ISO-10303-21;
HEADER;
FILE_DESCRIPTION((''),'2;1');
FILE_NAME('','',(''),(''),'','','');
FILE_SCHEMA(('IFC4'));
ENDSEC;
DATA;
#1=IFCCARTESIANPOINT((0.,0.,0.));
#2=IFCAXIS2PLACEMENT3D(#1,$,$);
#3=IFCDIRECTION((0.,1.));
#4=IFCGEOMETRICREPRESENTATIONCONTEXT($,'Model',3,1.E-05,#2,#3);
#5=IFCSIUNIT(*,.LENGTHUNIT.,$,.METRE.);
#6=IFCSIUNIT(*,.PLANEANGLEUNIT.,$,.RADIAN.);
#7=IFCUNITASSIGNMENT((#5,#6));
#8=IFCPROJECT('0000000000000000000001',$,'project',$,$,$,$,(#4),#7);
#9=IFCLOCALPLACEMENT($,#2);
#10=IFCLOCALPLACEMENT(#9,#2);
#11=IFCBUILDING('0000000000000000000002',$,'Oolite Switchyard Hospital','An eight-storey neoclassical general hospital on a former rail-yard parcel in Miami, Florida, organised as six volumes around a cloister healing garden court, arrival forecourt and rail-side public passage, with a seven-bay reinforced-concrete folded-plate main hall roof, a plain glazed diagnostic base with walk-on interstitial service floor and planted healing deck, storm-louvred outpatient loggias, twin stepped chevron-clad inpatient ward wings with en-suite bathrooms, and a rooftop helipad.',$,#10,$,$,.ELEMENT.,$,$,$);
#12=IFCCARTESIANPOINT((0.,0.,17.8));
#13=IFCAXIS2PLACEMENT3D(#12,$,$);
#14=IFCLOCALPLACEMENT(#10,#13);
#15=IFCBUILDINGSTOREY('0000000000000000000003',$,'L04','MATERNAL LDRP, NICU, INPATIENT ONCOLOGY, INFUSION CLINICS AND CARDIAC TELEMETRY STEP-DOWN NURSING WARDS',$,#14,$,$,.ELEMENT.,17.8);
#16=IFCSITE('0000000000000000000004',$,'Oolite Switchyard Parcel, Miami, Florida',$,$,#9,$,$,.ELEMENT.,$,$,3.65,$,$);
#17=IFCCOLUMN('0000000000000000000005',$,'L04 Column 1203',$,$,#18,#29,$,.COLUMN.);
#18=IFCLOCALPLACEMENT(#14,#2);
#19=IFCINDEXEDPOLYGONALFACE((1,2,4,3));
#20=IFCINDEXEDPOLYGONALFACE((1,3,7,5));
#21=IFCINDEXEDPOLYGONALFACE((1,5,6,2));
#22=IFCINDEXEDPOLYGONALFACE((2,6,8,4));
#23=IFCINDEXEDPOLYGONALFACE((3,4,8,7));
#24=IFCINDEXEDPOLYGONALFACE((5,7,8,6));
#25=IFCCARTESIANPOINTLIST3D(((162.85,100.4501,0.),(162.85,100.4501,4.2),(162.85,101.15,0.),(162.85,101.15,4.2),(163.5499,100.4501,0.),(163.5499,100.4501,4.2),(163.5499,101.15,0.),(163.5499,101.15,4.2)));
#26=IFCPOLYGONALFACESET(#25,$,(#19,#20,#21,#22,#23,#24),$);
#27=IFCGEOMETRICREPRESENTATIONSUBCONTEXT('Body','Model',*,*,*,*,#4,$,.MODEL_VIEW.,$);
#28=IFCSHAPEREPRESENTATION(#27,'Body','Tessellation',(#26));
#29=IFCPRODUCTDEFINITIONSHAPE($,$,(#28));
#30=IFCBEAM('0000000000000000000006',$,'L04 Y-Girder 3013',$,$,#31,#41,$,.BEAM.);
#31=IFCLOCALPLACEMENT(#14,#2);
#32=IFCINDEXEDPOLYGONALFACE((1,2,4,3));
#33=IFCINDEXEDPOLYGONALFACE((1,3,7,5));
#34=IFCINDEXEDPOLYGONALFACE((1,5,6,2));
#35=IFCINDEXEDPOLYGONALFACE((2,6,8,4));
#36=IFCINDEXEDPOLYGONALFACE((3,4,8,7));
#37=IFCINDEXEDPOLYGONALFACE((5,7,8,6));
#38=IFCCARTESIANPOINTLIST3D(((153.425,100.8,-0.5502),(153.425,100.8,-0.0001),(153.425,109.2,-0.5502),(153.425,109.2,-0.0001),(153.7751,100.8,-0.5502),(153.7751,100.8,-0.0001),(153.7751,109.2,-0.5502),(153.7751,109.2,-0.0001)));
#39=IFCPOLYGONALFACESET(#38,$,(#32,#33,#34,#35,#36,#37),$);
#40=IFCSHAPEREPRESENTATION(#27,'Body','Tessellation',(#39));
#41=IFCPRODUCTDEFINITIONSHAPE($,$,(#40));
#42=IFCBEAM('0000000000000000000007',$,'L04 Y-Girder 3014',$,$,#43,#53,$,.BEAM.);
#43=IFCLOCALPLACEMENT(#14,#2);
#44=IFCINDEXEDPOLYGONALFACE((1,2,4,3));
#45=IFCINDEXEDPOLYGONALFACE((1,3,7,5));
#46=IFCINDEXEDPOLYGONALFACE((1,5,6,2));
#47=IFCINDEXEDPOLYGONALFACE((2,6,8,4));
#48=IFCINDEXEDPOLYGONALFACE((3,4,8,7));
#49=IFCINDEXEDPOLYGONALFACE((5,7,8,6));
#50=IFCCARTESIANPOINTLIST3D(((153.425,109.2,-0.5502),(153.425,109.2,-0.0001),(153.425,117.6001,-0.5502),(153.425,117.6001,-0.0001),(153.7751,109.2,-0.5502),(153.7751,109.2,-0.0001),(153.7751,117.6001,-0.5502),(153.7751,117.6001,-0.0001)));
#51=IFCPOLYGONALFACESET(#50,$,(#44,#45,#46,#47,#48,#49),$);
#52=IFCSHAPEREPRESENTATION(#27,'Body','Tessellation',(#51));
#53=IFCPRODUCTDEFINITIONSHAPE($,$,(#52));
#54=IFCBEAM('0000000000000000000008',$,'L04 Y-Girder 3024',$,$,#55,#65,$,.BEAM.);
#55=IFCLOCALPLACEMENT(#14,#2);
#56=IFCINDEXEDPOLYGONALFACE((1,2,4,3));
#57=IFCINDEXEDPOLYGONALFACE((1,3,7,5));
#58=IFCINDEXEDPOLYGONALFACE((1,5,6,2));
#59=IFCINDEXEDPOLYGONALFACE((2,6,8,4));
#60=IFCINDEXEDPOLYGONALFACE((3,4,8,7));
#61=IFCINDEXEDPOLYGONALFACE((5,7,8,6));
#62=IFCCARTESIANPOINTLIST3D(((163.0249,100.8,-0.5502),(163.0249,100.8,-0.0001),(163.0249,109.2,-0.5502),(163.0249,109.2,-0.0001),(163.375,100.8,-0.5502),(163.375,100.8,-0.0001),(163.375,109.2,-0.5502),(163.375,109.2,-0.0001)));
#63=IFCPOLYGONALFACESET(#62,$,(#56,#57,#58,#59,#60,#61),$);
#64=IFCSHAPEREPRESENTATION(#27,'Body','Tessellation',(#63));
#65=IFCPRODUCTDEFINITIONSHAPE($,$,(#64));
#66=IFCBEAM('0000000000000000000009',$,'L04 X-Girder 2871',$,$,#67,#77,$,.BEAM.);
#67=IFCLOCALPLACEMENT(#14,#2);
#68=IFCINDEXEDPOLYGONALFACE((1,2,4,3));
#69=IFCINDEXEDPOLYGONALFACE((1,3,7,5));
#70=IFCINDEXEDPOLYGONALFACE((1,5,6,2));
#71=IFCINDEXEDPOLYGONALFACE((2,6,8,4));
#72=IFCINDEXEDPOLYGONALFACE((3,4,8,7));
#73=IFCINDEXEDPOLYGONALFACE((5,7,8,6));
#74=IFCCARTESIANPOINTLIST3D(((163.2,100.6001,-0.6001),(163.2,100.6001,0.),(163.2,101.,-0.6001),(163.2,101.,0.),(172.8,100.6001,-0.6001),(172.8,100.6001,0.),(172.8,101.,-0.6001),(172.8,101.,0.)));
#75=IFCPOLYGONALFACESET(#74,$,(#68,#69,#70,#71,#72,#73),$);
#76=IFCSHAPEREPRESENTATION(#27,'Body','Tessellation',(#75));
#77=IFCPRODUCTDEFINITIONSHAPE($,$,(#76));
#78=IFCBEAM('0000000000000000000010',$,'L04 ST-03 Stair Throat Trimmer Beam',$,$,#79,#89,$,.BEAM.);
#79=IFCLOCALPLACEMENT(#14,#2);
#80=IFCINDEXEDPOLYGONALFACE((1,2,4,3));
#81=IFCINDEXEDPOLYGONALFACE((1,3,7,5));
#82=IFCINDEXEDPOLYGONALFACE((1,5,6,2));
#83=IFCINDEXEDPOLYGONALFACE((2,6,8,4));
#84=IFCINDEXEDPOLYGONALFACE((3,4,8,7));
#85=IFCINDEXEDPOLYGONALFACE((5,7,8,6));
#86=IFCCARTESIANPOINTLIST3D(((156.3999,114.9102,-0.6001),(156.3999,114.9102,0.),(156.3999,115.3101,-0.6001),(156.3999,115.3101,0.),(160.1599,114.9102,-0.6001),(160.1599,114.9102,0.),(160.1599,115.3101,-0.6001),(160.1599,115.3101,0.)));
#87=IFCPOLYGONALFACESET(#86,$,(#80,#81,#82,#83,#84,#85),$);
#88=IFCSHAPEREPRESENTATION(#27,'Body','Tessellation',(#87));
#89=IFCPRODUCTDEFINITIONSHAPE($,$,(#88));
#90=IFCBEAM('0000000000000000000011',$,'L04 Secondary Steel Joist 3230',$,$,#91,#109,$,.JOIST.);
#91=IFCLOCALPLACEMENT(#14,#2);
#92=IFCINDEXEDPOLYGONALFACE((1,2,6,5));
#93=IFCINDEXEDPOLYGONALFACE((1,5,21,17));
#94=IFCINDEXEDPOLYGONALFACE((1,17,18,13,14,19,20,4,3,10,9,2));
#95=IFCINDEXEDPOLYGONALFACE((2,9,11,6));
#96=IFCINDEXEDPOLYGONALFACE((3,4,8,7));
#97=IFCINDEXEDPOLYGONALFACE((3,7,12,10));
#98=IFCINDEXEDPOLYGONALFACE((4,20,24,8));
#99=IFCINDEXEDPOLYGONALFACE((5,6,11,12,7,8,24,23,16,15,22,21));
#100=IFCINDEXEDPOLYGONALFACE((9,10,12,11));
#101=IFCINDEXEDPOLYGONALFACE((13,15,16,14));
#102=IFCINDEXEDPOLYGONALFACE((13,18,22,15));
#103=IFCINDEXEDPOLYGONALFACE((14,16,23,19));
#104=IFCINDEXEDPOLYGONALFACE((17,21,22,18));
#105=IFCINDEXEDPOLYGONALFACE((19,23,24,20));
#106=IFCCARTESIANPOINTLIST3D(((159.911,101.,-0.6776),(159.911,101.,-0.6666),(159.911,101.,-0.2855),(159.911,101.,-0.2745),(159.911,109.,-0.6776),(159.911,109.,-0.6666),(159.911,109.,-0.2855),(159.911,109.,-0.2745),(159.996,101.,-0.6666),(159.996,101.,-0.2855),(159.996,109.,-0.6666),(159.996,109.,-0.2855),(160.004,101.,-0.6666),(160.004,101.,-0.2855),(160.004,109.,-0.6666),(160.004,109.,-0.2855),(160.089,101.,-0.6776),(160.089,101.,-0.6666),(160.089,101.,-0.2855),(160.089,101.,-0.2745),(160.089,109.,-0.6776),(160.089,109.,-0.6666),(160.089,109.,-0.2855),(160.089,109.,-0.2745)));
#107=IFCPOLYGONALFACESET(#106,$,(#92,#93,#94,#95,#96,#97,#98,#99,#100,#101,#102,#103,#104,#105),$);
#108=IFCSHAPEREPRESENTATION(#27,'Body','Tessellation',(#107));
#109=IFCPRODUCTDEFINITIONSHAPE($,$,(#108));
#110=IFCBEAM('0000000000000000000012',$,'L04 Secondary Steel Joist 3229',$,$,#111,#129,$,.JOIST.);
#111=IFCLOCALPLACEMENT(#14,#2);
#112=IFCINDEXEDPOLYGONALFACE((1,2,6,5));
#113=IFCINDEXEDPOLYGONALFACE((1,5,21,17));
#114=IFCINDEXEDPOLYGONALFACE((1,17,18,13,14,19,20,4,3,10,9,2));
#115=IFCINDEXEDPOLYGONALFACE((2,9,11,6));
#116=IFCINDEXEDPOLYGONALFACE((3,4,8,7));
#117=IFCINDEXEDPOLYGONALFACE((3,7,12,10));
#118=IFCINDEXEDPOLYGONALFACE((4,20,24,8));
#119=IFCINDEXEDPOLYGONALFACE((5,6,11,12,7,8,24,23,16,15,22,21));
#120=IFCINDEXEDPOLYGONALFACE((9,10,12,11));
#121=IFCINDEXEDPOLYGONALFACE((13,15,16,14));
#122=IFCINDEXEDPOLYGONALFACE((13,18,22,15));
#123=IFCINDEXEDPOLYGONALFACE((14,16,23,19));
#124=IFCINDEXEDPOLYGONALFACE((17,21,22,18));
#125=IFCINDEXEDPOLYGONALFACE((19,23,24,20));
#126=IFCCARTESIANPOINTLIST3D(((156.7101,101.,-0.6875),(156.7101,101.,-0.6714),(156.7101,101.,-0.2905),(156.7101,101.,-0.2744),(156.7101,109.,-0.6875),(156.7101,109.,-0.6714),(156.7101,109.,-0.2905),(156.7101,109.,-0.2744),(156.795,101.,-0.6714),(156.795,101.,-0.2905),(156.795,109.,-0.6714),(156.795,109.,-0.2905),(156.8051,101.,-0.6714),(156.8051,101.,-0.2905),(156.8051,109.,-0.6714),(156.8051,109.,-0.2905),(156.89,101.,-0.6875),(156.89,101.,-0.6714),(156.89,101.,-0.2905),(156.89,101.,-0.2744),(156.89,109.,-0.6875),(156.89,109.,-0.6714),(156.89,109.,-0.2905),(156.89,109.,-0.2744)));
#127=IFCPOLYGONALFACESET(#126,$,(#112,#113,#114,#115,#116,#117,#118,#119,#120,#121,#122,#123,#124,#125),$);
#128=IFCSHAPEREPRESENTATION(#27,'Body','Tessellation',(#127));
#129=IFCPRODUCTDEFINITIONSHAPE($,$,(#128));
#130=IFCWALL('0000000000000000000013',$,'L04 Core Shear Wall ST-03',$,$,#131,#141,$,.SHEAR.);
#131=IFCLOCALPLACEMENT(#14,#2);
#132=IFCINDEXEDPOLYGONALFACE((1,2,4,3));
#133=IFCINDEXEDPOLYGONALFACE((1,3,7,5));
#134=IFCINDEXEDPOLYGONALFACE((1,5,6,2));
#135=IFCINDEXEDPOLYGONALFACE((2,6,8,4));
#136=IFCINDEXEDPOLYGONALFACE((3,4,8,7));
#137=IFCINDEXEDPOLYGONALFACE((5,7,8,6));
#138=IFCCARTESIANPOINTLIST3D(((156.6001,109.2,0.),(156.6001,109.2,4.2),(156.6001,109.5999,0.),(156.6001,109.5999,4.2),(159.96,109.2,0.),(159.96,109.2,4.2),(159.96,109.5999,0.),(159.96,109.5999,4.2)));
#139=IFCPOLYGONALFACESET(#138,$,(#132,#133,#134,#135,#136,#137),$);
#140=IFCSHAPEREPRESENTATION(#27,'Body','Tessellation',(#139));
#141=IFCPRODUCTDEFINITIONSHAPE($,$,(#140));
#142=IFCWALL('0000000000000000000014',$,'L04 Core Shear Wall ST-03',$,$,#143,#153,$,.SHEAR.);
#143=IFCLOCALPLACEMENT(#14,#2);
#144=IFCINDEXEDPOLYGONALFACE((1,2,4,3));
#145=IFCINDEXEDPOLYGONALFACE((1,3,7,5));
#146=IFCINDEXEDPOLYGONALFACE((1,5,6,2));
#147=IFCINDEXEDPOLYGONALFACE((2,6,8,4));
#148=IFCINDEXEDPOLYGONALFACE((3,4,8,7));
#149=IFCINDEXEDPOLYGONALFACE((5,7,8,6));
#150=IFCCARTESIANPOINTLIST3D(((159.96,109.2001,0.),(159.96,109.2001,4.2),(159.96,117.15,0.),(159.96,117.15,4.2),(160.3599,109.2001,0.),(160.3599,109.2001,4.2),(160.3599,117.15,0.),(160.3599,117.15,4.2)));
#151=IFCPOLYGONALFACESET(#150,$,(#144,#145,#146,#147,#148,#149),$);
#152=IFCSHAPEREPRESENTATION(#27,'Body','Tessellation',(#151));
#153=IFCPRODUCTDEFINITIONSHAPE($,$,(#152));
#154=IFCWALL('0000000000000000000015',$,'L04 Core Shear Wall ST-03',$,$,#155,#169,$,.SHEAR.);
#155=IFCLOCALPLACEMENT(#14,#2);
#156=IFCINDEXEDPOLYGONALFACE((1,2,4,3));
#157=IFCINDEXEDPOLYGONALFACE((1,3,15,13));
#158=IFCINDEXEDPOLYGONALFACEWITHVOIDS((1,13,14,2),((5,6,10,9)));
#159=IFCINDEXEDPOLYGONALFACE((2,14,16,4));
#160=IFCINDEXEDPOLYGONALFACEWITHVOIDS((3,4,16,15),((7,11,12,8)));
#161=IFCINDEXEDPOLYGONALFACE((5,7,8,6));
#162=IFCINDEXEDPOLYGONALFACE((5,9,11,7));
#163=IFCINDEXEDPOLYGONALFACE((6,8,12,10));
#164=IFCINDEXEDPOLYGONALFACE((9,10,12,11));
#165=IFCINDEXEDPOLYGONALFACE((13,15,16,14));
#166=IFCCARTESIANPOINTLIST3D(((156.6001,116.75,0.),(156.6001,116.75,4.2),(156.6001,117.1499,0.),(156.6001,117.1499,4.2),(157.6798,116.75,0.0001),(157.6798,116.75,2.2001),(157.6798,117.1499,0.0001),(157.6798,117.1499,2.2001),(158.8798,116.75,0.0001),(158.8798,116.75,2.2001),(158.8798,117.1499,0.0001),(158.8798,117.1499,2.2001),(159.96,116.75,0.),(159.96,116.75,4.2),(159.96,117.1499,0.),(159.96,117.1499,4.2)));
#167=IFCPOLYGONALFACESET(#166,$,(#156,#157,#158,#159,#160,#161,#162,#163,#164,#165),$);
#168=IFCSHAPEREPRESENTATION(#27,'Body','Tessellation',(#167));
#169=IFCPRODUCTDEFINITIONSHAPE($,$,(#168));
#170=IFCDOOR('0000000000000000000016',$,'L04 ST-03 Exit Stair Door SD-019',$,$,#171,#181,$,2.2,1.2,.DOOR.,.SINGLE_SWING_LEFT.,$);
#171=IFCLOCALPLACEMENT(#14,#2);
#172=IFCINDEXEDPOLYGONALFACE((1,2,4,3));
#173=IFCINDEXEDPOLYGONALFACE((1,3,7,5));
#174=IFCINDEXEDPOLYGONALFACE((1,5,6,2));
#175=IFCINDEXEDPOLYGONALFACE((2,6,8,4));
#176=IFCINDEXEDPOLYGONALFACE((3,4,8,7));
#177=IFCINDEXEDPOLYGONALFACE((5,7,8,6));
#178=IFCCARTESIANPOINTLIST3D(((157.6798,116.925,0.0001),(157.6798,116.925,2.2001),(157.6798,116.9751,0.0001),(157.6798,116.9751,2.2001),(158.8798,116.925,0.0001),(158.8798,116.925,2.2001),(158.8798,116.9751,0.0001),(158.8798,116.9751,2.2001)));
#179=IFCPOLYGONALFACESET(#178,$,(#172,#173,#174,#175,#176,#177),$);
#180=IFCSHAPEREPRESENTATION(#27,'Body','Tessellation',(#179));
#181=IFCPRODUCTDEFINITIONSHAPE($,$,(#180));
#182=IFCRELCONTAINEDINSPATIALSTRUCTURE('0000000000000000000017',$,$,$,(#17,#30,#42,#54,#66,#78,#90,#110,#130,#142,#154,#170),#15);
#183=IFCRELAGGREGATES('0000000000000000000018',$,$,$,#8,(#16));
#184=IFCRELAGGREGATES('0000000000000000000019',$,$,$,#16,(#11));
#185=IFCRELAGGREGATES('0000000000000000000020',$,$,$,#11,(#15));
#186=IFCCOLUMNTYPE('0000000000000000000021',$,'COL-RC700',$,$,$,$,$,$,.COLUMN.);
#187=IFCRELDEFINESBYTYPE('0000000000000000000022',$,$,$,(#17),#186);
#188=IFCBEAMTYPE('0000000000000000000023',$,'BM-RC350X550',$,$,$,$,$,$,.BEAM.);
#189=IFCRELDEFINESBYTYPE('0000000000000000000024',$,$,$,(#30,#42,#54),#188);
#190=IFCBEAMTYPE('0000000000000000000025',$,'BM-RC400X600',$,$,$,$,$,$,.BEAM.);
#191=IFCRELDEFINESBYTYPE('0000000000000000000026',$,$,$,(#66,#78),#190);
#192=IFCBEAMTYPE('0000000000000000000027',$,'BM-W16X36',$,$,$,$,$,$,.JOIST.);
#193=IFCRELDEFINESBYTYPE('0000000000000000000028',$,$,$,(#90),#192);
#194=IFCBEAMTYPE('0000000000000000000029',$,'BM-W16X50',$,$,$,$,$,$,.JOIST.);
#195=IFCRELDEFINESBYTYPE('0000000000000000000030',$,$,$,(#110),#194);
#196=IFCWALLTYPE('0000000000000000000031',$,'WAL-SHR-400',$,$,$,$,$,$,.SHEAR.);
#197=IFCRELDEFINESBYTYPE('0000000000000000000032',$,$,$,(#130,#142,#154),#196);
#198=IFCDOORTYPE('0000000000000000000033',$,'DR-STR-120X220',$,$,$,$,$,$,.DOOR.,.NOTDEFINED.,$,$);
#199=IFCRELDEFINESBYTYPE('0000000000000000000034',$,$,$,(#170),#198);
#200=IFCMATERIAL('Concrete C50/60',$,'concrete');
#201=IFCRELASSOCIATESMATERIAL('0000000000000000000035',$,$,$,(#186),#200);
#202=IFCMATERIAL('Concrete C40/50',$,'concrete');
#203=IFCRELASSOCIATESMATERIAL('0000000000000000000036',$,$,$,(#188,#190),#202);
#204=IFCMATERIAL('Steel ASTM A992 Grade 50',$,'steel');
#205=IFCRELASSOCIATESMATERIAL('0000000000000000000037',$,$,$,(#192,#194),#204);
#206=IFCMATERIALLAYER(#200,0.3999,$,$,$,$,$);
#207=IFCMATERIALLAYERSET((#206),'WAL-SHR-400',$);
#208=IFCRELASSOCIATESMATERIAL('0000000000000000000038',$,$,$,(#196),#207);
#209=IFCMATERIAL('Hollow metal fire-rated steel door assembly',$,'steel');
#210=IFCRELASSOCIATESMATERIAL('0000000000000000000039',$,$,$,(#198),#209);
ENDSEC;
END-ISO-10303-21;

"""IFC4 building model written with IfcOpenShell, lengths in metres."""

from ifc_helpers import new_model, si_unit, direction, frame, frame_2d, origin, origin_2d, place, context, subcontext, project, spatial, rectangle, i_section, extrude, material, layer, layer_set, material_profile, profile_set, type_object, element, fill, save


model = new_model("IFC4")

# Units and contexts
model_context = context("Model", 3, precision=1e-05, world=origin(), true_north=direction((0.0, 1.0)))
body_context = subcontext(model_context, "Body", "Model", "MODEL_VIEW")
ifc_project = project(units=[si_unit("LENGTHUNIT", "METRE"), si_unit("PLANEANGLEUNIT", "RADIAN")], contexts=[model_context])

# Site, building, storey
site_placement = place(None, origin())
site = spatial("IfcSite", under=ifc_project, at=site_placement, Name="Oolite Switchyard Parcel, Miami, Florida", CompositionType="ELEMENT", RefElevation=3.65)
building_placement = place(site_placement, origin())
building = spatial("IfcBuilding", under=site, at=building_placement, Name="Oolite Switchyard Hospital", Description="An eight-storey neoclassical general hospital on a former rail-yard parcel in Miami, Florida, organised as six volumes around a cloister healing garden court, arrival forecourt and rail-side public passage, with a seven-bay reinforced-concrete folded-plate main hall roof, a plain glazed diagnostic base with walk-on interstitial service floor and planted healing deck, storm-louvred outpatient loggias, twin stepped chevron-clad inpatient ward wings with en-suite bathrooms, and a rooftop helipad.", CompositionType="ELEMENT")
storey_placement = place(building_placement, frame((0.0, 0.0, 17.8)))
storey = spatial("IfcBuildingStorey", under=building, at=storey_placement, Name="L04", Description="MATERNAL LDRP, NICU, INPATIENT ONCOLOGY, INFUSION CLINICS AND CARDIAC TELEMETRY STEP-DOWN NURSING WARDS", CompositionType="ELEMENT", Elevation=17.8)

# Column
ifc_material_1 = material(Name="Concrete C50/60", Category="concrete")
ifc_material_profile_1 = material_profile(ifc_material_1, rectangle(XDim=0.7, YDim=0.7, at=origin_2d()), Name="RC700X700")
ifc_profile_set_1 = profile_set([ifc_material_profile_1], Name="Concrete C50/60")
column_type = type_object("IfcColumnType", Name="COL-RC700", PredefinedType="COLUMN", material=ifc_profile_set_1)
column_placement = place(storey_placement, frame((163.2, 100.8, 0.0), z_axis=(0.0, 0.0, 1.0), x_axis=(1.0, 0.0, 0.0)))
element("IfcColumn", 1, at=column_placement, inside=storey, type_object=column_type, Name="L04 Column 1203", PredefinedType="COLUMN", context=body_context, shape_type="SweptSolid", body=[
    extrude(rectangle(XDim=0.7, YDim=0.7, at=origin_2d()), origin(), (0.0, 0.0, 1.0), 4.2),
])

# Beams
ifc_material_2 = material(Name="Concrete C40/50", Category="concrete")
ifc_material_profile_2 = material_profile(ifc_material_2, rectangle(XDim=0.3501, YDim=0.55, at=origin_2d()), Name="RCB350X550")
ifc_profile_set_2 = profile_set([ifc_material_profile_2], Name="Concrete C40/50")
beam_type_1 = type_object("IfcBeamType", Name="BM-RC350X550", PredefinedType="BEAM", material=ifc_profile_set_2)
beam_1_placement = place(storey_placement, frame((153.6001, 100.8, -0.2751), z_axis=(0.0, 1.0, 0.0), x_axis=(-1.0, 0.0, 0.0)))
element("IfcBeam", 2, at=beam_1_placement, inside=storey, type_object=beam_type_1, Name="L04 Y-Girder 3013", PredefinedType="BEAM", context=body_context, shape_type="SweptSolid", body=[
    extrude(rectangle(XDim=0.3501, YDim=0.55, at=origin_2d()), origin(), (0.0, 0.0, 1.0), 8.3999),
])
beam_2_placement = place(storey_placement, frame((153.6001, 109.2, -0.2751), z_axis=(0.0, 1.0, 0.0), x_axis=(-1.0, 0.0, 0.0)))
element("IfcBeam", 3, at=beam_2_placement, inside=storey, type_object=beam_type_1, Name="L04 Y-Girder 3014", PredefinedType="BEAM", context=body_context, shape_type="SweptSolid", body=[
    extrude(rectangle(XDim=0.3501, YDim=0.55, at=origin_2d()), origin(), (0.0, 0.0, 1.0), 8.4001),
])
beam_3_placement = place(storey_placement, frame((163.2, 100.8, -0.2751), z_axis=(0.0, 1.0, 0.0), x_axis=(-1.0, 0.0, 0.0)))
element("IfcBeam", 4, at=beam_3_placement, inside=storey, type_object=beam_type_1, Name="L04 Y-Girder 3024", PredefinedType="BEAM", context=body_context, shape_type="SweptSolid", body=[
    extrude(rectangle(XDim=0.3501, YDim=0.55, at=origin_2d()), origin(), (0.0, 0.0, 1.0), 8.3999),
])
ifc_material_profile_3 = material_profile(ifc_material_2, rectangle(XDim=0.3999, YDim=0.6001, at=origin_2d()), Name="RCB400X600")
ifc_profile_set_3 = profile_set([ifc_material_profile_3], Name="Concrete C40/50")
beam_type_2 = type_object("IfcBeamType", Name="BM-RC400X600", PredefinedType="BEAM", material=ifc_profile_set_3)
beam_4_placement = place(storey_placement, frame((163.2, 100.8, -0.3), z_axis=(1.0, 0.0, 0.0), x_axis=(0.0, 1.0, 0.0)))
element("IfcBeam", 5, at=beam_4_placement, inside=storey, type_object=beam_type_2, Name="L04 X-Girder 2871", PredefinedType="BEAM", context=body_context, shape_type="SweptSolid", body=[
    extrude(rectangle(XDim=0.3999, YDim=0.6001, at=origin_2d()), origin(), (0.0, 0.0, 1.0), 9.6001),
])
beam_5_placement = place(storey_placement, frame((156.3999, 115.1101, -0.3), z_axis=(1.0, 0.0, 0.0), x_axis=(0.0, 1.0, 0.0)))
element("IfcBeam", 6, at=beam_5_placement, inside=storey, type_object=beam_type_2, Name="L04 ST-03 Stair Throat Trimmer Beam", PredefinedType="BEAM", context=body_context, shape_type="SweptSolid", body=[
    extrude(rectangle(XDim=0.3999, YDim=0.6001, at=origin_2d()), origin(), (0.0, 0.0, 1.0), 3.76),
])
ifc_material_3 = material(Name="Steel ASTM A992 Grade 50", Category="steel")
ifc_material_profile_4 = material_profile(ifc_material_3, i_section(OverallWidth=0.178, OverallDepth=0.4031, WebThickness=0.0081, FlangeThickness=0.011, at=origin_2d()), Name="W16X36")
ifc_profile_set_4 = profile_set([ifc_material_profile_4], Name="Steel ASTM A992 Grade 50")
beam_type_3 = type_object("IfcBeamType", Name="BM-W16X36", PredefinedType="JOIST", material=ifc_profile_set_4)
beam_6_placement = place(storey_placement, frame((160.0, 101.0, -0.4761), z_axis=(0.0, 1.0, 0.0), x_axis=(-1.0, 0.0, 0.0)))
element("IfcBeam", 7, at=beam_6_placement, inside=storey, type_object=beam_type_3, Name="L04 Secondary Steel Joist 3230", PredefinedType="JOIST", context=body_context, shape_type="SweptSolid", body=[
    extrude(i_section(OverallWidth=0.178, OverallDepth=0.4031, WebThickness=0.0081, FlangeThickness=0.011, at=origin_2d()), origin(), (0.0, 0.0, 1.0), 8.0),
])
ifc_material_profile_5 = material_profile(ifc_material_3, i_section(OverallWidth=0.1799, OverallDepth=0.4131, WebThickness=0.01, FlangeThickness=0.0161, at=origin_2d()), Name="W16X50")
ifc_profile_set_5 = profile_set([ifc_material_profile_5], Name="Steel ASTM A992 Grade 50")
beam_type_4 = type_object("IfcBeamType", Name="BM-W16X50", PredefinedType="JOIST", material=ifc_profile_set_5)
beam_7_placement = place(storey_placement, frame((156.8, 101.0, -0.481), z_axis=(0.0, 1.0, 0.0), x_axis=(-1.0, 0.0, 0.0)))
element("IfcBeam", 8, at=beam_7_placement, inside=storey, type_object=beam_type_4, Name="L04 Secondary Steel Joist 3229", PredefinedType="JOIST", context=body_context, shape_type="SweptSolid", body=[
    extrude(i_section(OverallWidth=0.1799, OverallDepth=0.4131, WebThickness=0.01, FlangeThickness=0.0161, at=origin_2d()), origin(), (0.0, 0.0, 1.0), 8.0),
])

# Walls
ifc_layer = layer(ifc_material_1, 0.3999)
ifc_layer_set = layer_set([ifc_layer], Name="WAL-SHR-400")
wall_type = type_object("IfcWallType", Name="WAL-SHR-400", PredefinedType="SHEAR", material=ifc_layer_set)
wall_1_placement = place(storey_placement, frame((156.6001, 109.3999, 0.0), z_axis=(0.0, 0.0, 1.0), x_axis=(1.0, 0.0, 0.0)))
element("IfcWall", 9, at=wall_1_placement, inside=storey, type_object=wall_type, Name="L04 Core Shear Wall ST-03", PredefinedType="SHEAR", context=body_context, shape_type="SweptSolid", body=[
    extrude(rectangle(XDim=3.3599, YDim=0.3999, at=frame_2d((1.6799, 0.0))), origin(), (0.0, 0.0, 1.0), 4.2),
])
wall_2_placement = place(storey_placement, frame((160.1599, 109.2, 0.0), z_axis=(0.0, 0.0, 1.0), x_axis=(0.0, 1.0, 0.0)))
element("IfcWall", 10, at=wall_2_placement, inside=storey, type_object=wall_type, Name="L04 Core Shear Wall ST-03", PredefinedType="SHEAR", context=body_context, shape_type="SweptSolid", body=[
    extrude(rectangle(XDim=7.95, YDim=0.3999, at=frame_2d((3.9751, 0.0))), origin(), (0.0, 0.0, 1.0), 4.2),
])

# Wall, opening, door
wall_3_placement = place(storey_placement, frame((159.96, 116.95, 0.0), z_axis=(0.0, 0.0, 1.0), x_axis=(-1.0, 0.0, 0.0)))
wall_3 = element("IfcWall", 11, at=wall_3_placement, inside=storey, type_object=wall_type, Name="L04 Core Shear Wall ST-03", PredefinedType="SHEAR", context=body_context, shape_type="SweptSolid", body=[
    extrude(rectangle(XDim=3.3599, YDim=0.3999, at=frame_2d((1.6799, 0.0))), origin(), (0.0, 0.0, 1.0), 4.2),
])
opening_placement = place(wall_3_placement, frame((1.0801, 0.0, 0.0)))
opening = element("IfcOpeningElement", 12, at=opening_placement, cuts=wall_3, PredefinedType="OPENING", context=body_context, shape_type="SweptSolid", body=[
    extrude(rectangle(XDim=1.2, YDim=2.2, at=frame_2d((0.6001, 1.1001))), frame((0.0, 0.21, 0.0), z_axis=(0.0, -1.0, 0.0), x_axis=(1.0, 0.0, 0.0)), (0.0, 0.0, 1.0), 0.4199),
])
ifc_material_4 = material(Name="Hollow metal fire-rated steel door assembly", Category="steel")
door_type = type_object("IfcDoorType", Name="DR-STR-120X220", OperationType="NOTDEFINED", PredefinedType="DOOR", material=ifc_material_4)
door_placement = place(opening_placement, origin())
door = element("IfcDoor", 13, at=door_placement, inside=storey, type_object=door_type, Name="L04 ST-03 Exit Stair Door SD-019", OperationType="SINGLE_SWING_LEFT", OverallHeight=2.2, OverallWidth=1.2, PredefinedType="DOOR", context=body_context, shape_type="SweptSolid", body=[
    extrude(rectangle(XDim=1.2, YDim=2.2, at=frame_2d((0.6001, 1.1001))), frame((0.0, 0.0249, 0.0), z_axis=(0.0, -1.0, 0.0), x_axis=(1.0, 0.0, 0.0)), (0.0, 0.0, 1.0), 0.05),
])
fill(opening, door)

save(model, "model.ifc")
